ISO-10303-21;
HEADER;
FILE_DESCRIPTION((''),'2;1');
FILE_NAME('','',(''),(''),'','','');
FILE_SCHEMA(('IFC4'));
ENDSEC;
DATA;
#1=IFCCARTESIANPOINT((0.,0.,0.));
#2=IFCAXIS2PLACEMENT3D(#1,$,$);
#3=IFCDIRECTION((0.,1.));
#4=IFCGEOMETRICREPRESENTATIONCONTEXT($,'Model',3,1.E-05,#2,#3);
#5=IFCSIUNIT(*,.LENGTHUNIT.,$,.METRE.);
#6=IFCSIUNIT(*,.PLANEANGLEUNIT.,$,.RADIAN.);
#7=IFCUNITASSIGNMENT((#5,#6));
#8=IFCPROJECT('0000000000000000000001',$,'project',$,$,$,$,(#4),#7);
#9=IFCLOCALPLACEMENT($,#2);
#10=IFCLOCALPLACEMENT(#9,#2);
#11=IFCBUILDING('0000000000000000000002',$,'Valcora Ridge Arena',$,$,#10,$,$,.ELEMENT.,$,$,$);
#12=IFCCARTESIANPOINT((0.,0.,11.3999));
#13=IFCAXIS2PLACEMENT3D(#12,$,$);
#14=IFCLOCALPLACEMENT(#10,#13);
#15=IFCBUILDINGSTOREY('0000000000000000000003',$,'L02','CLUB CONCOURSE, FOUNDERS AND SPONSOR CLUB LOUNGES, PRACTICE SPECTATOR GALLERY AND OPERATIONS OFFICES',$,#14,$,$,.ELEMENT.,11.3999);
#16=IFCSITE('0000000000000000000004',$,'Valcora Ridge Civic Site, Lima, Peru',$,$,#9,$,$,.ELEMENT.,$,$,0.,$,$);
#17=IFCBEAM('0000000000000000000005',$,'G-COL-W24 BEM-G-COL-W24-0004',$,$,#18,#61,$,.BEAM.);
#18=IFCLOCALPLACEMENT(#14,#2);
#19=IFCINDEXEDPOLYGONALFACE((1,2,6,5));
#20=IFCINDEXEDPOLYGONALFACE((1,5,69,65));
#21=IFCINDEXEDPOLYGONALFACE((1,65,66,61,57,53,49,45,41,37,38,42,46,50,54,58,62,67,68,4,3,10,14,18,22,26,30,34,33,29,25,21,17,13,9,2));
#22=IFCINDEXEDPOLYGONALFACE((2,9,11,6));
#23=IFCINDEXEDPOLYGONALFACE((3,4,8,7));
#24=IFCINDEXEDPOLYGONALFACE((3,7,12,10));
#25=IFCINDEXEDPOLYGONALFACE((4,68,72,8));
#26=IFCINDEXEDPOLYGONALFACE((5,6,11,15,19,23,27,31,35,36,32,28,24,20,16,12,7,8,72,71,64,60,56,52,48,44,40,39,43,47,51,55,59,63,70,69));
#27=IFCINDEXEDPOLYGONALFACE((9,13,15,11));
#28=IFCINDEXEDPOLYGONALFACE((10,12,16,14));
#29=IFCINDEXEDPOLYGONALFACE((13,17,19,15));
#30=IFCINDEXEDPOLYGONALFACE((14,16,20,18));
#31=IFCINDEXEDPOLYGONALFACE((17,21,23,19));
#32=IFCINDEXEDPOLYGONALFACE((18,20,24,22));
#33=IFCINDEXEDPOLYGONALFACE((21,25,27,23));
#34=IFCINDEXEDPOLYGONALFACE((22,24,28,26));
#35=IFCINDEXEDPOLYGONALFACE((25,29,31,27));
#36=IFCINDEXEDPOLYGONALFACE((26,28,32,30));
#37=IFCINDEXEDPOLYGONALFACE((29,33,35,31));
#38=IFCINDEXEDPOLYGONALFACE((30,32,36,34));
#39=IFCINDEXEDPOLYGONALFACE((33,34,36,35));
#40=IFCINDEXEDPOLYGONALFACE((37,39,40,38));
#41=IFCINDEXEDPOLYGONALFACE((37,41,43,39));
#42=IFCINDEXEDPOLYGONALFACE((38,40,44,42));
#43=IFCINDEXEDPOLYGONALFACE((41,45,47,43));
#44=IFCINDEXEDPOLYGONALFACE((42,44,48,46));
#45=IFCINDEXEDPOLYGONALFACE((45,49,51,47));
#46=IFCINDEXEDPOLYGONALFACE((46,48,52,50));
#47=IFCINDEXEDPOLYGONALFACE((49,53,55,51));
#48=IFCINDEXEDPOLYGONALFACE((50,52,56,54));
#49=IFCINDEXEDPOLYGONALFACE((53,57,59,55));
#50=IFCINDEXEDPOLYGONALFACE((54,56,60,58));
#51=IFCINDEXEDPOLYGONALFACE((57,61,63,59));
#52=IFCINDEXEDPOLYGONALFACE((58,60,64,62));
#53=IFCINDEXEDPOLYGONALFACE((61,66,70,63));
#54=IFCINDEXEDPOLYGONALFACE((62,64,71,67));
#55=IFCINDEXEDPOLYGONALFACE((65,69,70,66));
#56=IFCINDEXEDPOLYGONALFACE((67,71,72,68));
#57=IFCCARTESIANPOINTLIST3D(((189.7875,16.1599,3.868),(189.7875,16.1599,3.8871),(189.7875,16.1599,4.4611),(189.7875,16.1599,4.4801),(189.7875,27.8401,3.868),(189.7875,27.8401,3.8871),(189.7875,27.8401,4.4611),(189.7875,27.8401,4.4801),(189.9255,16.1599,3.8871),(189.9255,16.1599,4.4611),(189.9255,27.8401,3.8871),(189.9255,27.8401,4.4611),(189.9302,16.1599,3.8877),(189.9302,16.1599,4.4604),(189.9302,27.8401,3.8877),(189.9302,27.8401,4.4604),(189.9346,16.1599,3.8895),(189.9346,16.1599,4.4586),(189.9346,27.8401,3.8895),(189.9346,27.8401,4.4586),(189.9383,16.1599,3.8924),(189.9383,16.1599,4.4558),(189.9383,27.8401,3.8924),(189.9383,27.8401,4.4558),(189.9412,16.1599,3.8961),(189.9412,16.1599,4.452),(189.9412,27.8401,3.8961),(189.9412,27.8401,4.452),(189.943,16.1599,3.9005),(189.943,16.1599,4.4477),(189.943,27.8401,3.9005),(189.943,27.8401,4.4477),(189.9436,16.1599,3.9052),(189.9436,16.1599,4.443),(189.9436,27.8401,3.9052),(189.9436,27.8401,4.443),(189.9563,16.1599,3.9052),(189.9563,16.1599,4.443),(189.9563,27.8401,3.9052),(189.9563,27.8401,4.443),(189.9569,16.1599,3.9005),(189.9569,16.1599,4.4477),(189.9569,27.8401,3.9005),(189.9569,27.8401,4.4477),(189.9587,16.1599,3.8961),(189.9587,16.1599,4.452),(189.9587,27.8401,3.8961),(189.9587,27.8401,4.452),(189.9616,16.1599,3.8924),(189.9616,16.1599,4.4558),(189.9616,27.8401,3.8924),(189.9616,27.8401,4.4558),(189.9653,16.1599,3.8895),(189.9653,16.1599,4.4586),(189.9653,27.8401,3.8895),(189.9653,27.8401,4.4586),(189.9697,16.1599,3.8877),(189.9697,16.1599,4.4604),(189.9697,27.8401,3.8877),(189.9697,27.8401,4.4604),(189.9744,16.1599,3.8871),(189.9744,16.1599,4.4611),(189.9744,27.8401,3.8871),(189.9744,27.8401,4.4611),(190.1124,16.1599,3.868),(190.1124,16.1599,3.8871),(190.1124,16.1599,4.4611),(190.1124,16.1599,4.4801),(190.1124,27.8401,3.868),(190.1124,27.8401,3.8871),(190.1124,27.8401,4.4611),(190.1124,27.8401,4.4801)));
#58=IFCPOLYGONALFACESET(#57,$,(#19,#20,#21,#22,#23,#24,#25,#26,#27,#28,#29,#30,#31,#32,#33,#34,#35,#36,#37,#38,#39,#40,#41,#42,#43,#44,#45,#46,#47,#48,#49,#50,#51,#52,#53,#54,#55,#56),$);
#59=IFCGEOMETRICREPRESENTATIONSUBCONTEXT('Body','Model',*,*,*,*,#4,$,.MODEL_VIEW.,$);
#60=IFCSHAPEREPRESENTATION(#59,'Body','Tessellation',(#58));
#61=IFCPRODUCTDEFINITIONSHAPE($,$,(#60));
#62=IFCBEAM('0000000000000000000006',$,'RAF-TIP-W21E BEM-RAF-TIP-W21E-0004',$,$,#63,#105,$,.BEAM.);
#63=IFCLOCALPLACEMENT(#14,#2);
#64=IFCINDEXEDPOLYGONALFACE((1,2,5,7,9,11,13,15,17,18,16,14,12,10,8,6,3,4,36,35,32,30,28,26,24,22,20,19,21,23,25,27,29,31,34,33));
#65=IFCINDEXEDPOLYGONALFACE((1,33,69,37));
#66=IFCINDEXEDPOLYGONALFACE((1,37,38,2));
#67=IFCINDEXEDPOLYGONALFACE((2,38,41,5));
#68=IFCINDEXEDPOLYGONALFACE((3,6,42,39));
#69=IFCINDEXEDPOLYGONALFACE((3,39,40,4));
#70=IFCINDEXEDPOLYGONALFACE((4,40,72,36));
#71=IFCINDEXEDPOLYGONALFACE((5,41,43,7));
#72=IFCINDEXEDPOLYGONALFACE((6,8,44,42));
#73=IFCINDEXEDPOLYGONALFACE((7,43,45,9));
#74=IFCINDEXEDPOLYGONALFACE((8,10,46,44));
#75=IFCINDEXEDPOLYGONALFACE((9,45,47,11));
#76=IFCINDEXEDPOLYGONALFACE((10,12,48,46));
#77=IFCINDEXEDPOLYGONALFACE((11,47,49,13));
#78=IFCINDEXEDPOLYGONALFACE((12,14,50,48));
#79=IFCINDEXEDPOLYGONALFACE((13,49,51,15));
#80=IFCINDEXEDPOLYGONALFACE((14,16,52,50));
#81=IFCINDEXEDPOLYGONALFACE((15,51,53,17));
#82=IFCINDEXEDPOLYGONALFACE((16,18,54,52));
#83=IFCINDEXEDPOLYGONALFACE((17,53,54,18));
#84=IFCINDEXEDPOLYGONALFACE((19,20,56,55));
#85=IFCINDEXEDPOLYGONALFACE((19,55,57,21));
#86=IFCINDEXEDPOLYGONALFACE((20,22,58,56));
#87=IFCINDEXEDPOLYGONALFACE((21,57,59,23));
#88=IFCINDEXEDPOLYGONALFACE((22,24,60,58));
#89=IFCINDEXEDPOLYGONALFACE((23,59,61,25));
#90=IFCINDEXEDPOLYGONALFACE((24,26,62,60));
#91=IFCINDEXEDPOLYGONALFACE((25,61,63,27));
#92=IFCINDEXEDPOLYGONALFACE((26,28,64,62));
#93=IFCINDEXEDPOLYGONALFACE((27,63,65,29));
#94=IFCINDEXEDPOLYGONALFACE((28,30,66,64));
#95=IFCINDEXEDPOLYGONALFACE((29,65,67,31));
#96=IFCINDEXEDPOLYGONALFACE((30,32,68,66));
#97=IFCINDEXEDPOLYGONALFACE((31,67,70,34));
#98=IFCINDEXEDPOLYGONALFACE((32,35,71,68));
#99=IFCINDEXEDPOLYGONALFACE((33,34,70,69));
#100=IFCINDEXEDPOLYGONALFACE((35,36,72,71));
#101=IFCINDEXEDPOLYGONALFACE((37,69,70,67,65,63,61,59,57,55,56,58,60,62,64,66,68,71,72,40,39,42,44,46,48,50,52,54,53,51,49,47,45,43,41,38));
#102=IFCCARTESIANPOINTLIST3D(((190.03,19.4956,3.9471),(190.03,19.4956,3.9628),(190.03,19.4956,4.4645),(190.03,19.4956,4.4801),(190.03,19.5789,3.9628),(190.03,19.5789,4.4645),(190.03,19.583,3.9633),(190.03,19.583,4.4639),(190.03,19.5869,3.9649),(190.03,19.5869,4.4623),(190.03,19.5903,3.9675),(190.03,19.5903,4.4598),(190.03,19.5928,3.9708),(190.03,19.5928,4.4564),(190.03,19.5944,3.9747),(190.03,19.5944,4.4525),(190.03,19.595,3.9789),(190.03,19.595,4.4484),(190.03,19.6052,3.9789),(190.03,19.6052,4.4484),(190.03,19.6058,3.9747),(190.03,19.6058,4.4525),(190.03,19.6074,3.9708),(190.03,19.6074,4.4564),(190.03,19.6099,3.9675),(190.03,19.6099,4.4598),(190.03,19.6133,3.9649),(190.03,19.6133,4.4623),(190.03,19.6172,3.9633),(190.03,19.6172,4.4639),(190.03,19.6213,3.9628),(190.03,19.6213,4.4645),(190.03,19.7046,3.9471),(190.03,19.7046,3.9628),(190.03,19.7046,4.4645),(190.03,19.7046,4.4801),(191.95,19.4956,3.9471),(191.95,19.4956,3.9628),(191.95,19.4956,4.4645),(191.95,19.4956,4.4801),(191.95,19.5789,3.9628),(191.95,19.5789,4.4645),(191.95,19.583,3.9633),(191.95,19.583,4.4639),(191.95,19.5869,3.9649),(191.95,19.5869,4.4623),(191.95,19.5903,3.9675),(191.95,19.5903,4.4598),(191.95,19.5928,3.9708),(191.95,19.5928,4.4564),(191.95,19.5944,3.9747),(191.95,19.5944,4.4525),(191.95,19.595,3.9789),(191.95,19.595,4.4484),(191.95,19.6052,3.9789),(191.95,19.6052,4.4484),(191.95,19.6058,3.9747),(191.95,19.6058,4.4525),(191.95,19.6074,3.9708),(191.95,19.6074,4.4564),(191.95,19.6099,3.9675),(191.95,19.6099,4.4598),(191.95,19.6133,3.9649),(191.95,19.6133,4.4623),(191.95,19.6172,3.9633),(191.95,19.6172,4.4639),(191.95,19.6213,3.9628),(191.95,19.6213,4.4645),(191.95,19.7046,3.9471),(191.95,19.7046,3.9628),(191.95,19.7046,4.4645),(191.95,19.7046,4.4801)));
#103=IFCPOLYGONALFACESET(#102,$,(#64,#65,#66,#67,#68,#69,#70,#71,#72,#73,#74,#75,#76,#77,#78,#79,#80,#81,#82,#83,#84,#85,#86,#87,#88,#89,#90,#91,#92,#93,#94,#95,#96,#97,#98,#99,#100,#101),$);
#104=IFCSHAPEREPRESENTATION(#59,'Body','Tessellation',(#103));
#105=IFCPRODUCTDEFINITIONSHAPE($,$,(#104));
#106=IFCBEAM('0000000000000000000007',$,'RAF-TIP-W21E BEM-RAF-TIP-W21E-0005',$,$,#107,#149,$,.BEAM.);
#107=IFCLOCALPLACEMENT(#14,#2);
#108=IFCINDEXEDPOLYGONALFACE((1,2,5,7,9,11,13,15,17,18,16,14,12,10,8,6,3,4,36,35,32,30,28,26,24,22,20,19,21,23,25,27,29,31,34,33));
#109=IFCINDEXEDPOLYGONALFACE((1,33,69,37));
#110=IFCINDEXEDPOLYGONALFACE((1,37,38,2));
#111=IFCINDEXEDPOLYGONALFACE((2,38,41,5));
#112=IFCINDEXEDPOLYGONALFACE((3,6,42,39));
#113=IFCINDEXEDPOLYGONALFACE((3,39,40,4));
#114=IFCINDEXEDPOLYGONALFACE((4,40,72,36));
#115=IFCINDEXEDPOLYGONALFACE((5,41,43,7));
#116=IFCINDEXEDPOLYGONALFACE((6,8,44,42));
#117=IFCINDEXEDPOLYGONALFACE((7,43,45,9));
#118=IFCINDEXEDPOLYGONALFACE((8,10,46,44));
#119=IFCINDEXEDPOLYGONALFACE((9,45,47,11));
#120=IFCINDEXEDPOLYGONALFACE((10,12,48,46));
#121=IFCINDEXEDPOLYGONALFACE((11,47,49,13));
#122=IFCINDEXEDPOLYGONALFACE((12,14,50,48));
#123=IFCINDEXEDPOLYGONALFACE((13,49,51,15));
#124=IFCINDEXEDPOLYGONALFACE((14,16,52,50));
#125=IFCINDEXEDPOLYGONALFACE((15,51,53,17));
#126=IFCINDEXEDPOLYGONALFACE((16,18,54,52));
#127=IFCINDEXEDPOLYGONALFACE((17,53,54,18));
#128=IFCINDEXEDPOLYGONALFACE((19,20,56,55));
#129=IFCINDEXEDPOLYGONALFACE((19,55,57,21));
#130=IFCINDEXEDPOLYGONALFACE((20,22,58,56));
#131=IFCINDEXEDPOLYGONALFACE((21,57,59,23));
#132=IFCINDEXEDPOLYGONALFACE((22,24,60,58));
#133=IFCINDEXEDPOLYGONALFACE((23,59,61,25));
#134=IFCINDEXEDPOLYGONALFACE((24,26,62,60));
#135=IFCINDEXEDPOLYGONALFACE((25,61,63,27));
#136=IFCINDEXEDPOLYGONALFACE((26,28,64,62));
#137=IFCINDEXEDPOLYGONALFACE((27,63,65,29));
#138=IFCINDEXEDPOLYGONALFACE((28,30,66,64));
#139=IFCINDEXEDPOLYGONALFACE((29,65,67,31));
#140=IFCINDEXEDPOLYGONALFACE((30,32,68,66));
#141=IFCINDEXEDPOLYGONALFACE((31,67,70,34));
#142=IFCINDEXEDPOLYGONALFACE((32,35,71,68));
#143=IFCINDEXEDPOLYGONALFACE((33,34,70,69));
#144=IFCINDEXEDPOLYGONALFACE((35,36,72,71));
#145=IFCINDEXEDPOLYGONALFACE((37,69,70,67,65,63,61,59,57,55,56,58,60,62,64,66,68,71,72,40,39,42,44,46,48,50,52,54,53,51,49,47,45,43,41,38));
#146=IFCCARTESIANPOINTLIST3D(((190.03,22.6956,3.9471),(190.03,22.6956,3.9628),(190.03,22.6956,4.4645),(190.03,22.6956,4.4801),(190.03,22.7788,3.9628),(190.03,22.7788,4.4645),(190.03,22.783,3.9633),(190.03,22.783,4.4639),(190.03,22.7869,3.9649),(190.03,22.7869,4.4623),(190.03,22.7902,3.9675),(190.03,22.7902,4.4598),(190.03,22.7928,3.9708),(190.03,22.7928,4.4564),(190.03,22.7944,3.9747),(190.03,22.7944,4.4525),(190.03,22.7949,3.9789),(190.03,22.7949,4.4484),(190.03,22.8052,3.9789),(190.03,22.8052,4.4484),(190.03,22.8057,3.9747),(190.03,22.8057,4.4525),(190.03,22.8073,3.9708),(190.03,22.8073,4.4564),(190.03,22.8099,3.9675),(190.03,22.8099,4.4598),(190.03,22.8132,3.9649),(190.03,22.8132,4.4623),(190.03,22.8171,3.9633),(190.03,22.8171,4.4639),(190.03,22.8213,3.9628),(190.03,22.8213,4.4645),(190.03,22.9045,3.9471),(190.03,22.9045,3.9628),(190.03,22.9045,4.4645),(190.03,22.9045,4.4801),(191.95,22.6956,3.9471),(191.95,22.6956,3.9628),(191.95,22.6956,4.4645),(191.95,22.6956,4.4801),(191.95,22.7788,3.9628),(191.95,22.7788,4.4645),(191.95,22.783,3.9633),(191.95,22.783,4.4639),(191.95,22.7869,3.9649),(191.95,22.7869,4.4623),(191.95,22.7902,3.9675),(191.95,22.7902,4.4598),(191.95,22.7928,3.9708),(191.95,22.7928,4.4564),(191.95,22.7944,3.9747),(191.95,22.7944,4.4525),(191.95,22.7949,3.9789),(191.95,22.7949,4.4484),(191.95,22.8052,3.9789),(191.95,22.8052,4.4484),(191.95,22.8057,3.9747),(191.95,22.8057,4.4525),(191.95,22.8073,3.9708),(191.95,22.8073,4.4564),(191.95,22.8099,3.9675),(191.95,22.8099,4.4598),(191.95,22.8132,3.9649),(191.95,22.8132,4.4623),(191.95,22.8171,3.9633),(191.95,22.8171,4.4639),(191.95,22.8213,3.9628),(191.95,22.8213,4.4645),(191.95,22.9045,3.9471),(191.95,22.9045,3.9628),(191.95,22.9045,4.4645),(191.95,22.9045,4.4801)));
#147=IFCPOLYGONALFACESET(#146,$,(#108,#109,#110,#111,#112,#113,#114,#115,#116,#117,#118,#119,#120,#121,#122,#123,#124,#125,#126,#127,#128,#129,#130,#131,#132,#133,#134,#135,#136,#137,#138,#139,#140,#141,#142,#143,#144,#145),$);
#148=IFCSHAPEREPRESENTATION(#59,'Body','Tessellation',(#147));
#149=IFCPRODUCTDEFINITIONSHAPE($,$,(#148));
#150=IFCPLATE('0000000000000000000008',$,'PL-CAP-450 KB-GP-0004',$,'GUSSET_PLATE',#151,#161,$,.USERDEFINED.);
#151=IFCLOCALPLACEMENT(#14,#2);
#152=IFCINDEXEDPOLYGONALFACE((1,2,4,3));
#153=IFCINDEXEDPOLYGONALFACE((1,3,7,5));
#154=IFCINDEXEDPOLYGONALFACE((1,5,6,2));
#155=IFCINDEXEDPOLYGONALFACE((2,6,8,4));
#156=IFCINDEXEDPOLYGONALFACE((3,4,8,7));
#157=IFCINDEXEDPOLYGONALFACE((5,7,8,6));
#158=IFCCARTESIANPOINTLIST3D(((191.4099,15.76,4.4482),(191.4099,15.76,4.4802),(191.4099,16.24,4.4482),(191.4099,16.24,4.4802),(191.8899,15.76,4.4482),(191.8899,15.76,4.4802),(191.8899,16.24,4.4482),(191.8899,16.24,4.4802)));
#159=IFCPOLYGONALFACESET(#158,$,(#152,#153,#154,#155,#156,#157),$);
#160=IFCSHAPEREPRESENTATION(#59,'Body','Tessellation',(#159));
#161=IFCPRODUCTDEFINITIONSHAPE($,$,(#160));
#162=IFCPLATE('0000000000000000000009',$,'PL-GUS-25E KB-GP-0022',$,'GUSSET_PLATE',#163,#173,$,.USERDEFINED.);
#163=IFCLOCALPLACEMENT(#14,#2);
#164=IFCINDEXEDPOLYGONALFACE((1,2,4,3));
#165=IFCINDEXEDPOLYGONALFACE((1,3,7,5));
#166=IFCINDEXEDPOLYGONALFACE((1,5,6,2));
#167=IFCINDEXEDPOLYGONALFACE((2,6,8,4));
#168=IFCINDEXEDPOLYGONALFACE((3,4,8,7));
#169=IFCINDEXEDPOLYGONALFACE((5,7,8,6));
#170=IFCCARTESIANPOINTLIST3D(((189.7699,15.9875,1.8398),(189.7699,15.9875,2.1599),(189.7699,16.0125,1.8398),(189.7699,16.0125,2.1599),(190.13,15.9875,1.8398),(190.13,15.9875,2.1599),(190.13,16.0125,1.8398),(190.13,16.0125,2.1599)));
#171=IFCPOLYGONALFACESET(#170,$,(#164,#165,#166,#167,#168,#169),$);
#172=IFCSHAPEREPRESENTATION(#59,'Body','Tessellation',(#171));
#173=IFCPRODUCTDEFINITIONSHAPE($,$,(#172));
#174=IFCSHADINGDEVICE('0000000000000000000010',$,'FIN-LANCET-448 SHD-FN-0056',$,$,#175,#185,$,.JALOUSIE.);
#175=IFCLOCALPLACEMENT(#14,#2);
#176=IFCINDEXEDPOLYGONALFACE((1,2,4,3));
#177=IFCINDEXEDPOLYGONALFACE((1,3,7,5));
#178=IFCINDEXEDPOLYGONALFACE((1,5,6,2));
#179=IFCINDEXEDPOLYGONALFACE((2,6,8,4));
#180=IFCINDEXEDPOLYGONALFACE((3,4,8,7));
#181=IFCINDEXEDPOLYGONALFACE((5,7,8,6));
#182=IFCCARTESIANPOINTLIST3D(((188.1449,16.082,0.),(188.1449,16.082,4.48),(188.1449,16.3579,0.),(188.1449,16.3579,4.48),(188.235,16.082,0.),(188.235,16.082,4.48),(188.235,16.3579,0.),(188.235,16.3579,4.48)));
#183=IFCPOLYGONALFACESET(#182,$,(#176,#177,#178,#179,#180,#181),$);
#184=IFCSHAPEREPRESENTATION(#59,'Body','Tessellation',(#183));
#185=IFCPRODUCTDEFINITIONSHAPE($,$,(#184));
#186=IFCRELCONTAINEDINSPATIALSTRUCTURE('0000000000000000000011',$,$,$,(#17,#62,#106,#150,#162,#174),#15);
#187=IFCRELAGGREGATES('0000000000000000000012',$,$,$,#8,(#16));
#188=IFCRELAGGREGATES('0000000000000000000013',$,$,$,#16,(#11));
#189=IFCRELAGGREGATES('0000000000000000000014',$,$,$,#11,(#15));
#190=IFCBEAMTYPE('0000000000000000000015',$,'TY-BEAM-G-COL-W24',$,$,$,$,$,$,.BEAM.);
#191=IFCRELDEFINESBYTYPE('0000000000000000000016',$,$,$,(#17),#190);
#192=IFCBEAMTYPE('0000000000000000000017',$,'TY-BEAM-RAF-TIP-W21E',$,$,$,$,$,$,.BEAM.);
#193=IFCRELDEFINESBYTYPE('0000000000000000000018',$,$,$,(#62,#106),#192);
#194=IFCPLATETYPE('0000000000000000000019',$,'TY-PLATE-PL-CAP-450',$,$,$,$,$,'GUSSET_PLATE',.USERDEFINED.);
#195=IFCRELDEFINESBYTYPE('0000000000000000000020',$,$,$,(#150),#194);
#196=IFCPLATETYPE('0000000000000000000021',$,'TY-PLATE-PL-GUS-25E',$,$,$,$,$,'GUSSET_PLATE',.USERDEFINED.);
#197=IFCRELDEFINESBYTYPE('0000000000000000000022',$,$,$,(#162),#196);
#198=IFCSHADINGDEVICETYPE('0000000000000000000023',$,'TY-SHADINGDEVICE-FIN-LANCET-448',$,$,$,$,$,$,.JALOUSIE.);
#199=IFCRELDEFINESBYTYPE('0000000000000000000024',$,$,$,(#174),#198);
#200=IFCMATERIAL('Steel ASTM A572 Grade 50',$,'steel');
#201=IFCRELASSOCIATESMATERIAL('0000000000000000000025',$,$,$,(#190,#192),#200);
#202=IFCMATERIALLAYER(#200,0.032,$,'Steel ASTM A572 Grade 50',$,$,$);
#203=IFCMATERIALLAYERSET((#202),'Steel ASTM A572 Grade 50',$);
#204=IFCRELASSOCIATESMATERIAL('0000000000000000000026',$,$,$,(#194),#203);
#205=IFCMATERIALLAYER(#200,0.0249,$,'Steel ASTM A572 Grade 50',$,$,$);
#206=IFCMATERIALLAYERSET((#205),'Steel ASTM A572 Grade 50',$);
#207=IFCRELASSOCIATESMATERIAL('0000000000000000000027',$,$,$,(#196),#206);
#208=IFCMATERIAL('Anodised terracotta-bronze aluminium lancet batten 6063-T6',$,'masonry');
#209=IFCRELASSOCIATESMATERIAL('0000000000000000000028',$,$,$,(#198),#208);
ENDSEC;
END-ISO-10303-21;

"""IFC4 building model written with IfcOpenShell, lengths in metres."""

from ifc_helpers import new_model, si_unit, direction, frame, origin, origin_2d, place, context, subcontext, project, spatial, rectangle, i_section, extrude, material, layer, layer_set, material_profile, profile_set, type_object, element, save


model = new_model("IFC4")

# Units and contexts
model_context = context("Model", 3, precision=1e-05, world=origin(), true_north=direction((0.0, 1.0)))
body_context = subcontext(model_context, "Body", "Model", "MODEL_VIEW")
ifc_project = project(units=[si_unit("LENGTHUNIT", "METRE"), si_unit("PLANEANGLEUNIT", "RADIAN")], contexts=[model_context])

# Site, building, storey
site_placement = place(None, origin())
site = spatial("IfcSite", under=ifc_project, at=site_placement, Name="Valcora Ridge Civic Site, Lima, Peru", CompositionType="ELEMENT", RefElevation=0.0)
building_placement = place(site_placement, origin())
building = spatial("IfcBuilding", under=site, at=building_placement, Name="Valcora Ridge Arena", CompositionType="ELEMENT")
storey_placement = place(building_placement, frame((0.0, 0.0, 11.3999)))
storey = spatial("IfcBuildingStorey", under=building, at=storey_placement, Name="L02", Description="CLUB CONCOURSE, FOUNDERS AND SPONSOR CLUB LOUNGES, PRACTICE SPECTATOR GALLERY AND OPERATIONS OFFICES", CompositionType="ELEMENT", Elevation=11.3999)

# Beams
ifc_material_1 = material(Name="Steel ASTM A572 Grade 50", Category="steel")
ifc_material_profile_1 = material_profile(ifc_material_1, i_section(OverallWidth=0.325, OverallDepth=0.6121, WebThickness=0.0127, FlangeThickness=0.019, FilletRadius=0.0181, at=origin_2d()), Name="W24X104")
ifc_profile_set_1 = profile_set([ifc_material_profile_1], Name="Steel ASTM A572 Grade 50")
beam_type_1 = type_object("IfcBeamType", Name="TY-BEAM-G-COL-W24", PredefinedType="BEAM", material=ifc_profile_set_1)
beam_placement = place(storey_placement, frame((189.95, 16.1599, 4.1741), z_axis=(0.0, 1.0, 0.0), x_axis=(-1.0, 0.0, 0.0)))
element("IfcBeam", 1, at=beam_placement, inside=storey, type_object=beam_type_1, Name="G-COL-W24 BEM-G-COL-W24-0004", PredefinedType="BEAM", context=body_context, shape_type="SweptSolid", body=[
    extrude(i_section(OverallWidth=0.325, OverallDepth=0.6121, WebThickness=0.0127, FlangeThickness=0.019, FilletRadius=0.0181, at=origin_2d()), origin(), (0.0, 0.0, 1.0), 11.6802),
])
ifc_material_profile_2 = material_profile(ifc_material_1, i_section(OverallWidth=0.209, OverallDepth=0.533, WebThickness=0.0103, FlangeThickness=0.0156, FilletRadius=0.0161, at=origin_2d()), Name="W21X62")
ifc_profile_set_2 = profile_set([ifc_material_profile_2], Name="Steel ASTM A572 Grade 50")
beam_type_2 = type_object("IfcBeamType", Name="TY-BEAM-RAF-TIP-W21E", PredefinedType="BEAM", material=ifc_profile_set_2)
for number, where, z_axis, x_axis, name in (
    (2, (190.03, 19.6001, 4.2136), (1.0, 0.0, 0.0), (0.0, 1.0, 0.0), "RAF-TIP-W21E BEM-RAF-TIP-W21E-0004"),
    (3, (190.03, 22.8, 4.2136), (1.0, 0.0, 0.0), (0.0, 1.0, 0.0), "RAF-TIP-W21E BEM-RAF-TIP-W21E-0005"),
):
    element("IfcBeam", number, at=place(storey_placement, frame(where, z_axis=z_axis, x_axis=x_axis)), inside=storey, type_object=beam_type_2, Name=name, PredefinedType="BEAM", context=body_context, shape_type="SweptSolid", body=[
        extrude(i_section(OverallWidth=0.209, OverallDepth=0.533, WebThickness=0.0103, FlangeThickness=0.0156, FilletRadius=0.0161, at=origin_2d()), origin(), (0.0, 0.0, 1.0), 1.9199),
    ])

# Plates
ifc_layer_1 = layer(ifc_material_1, 0.032, Name="Steel ASTM A572 Grade 50")
ifc_layer_set_1 = layer_set([ifc_layer_1], Name="Steel ASTM A572 Grade 50")
plate_type_1 = type_object("IfcPlateType", Name="TY-PLATE-PL-CAP-450", ElementType="GUSSET_PLATE", PredefinedType="USERDEFINED", material=ifc_layer_set_1)
plate_1_placement = place(storey_placement, frame((191.6499, 16.0, 4.4482), z_axis=(0.0, 0.0, 1.0), x_axis=(1.0, 0.0, 0.0)))
element("IfcPlate", 4, at=plate_1_placement, inside=storey, type_object=plate_type_1, Name="PL-CAP-450 KB-GP-0004", ObjectType="GUSSET_PLATE", PredefinedType="USERDEFINED", context=body_context, shape_type="SweptSolid", body=[
    extrude(rectangle(XDim=0.48, YDim=0.48, at=origin_2d()), origin(), (0.0, 0.0, 1.0), 0.032),
])
ifc_layer_2 = layer(ifc_material_1, 0.0249, Name="Steel ASTM A572 Grade 50")
ifc_layer_set_2 = layer_set([ifc_layer_2], Name="Steel ASTM A572 Grade 50")
plate_type_2 = type_object("IfcPlateType", Name="TY-PLATE-PL-GUS-25E", ElementType="GUSSET_PLATE", PredefinedType="USERDEFINED", material=ifc_layer_set_2)
plate_2_placement = place(storey_placement, frame((189.95, 16.0, 1.8398), z_axis=(0.0, 0.0, 1.0), x_axis=(1.0, 0.0, 0.0)))
element("IfcPlate", 5, at=plate_2_placement, inside=storey, type_object=plate_type_2, Name="PL-GUS-25E KB-GP-0022", ObjectType="GUSSET_PLATE", PredefinedType="USERDEFINED", context=body_context, shape_type="SweptSolid", body=[
    extrude(rectangle(XDim=0.3601, YDim=0.0249, at=origin_2d()), origin(), (0.0, 0.0, 1.0), 0.3201),
])

# Shading device
ifc_material_2 = material(Name="Anodised terracotta-bronze aluminium lancet batten 6063-T6", Category="masonry")
ifc_material_profile_3 = material_profile(ifc_material_2, rectangle(XDim=0.0901, YDim=0.2759, at=origin_2d()), Name="ALU LANCET BATTEN 90x276")
ifc_profile_set_3 = profile_set([ifc_material_profile_3], Name="Anodised terracotta-bronze aluminium lancet batten 6063-T6")
shading_device_type = type_object("IfcShadingDeviceType", Name="TY-SHADINGDEVICE-FIN-LANCET-448", PredefinedType="JALOUSIE", material=ifc_profile_set_3)
for number, where, z_axis, x_axis, name in (
    (6, (188.1899, 16.22, 0.0), (0.0, 0.0, 1.0), (1.0, 0.0, 0.0), "FIN-LANCET-448 SHD-FN-0056"),
):
    element("IfcShadingDevice", number, at=place(storey_placement, frame(where, z_axis=z_axis, x_axis=x_axis)), inside=storey, type_object=shading_device_type, Name=name, PredefinedType="JALOUSIE", context=body_context, shape_type="SweptSolid", body=[
        extrude(rectangle(XDim=0.0901, YDim=0.2759, at=origin_2d()), origin(), (0.0, 0.0, 1.0), 4.48),
    ])

save(model, "model.ifc")
